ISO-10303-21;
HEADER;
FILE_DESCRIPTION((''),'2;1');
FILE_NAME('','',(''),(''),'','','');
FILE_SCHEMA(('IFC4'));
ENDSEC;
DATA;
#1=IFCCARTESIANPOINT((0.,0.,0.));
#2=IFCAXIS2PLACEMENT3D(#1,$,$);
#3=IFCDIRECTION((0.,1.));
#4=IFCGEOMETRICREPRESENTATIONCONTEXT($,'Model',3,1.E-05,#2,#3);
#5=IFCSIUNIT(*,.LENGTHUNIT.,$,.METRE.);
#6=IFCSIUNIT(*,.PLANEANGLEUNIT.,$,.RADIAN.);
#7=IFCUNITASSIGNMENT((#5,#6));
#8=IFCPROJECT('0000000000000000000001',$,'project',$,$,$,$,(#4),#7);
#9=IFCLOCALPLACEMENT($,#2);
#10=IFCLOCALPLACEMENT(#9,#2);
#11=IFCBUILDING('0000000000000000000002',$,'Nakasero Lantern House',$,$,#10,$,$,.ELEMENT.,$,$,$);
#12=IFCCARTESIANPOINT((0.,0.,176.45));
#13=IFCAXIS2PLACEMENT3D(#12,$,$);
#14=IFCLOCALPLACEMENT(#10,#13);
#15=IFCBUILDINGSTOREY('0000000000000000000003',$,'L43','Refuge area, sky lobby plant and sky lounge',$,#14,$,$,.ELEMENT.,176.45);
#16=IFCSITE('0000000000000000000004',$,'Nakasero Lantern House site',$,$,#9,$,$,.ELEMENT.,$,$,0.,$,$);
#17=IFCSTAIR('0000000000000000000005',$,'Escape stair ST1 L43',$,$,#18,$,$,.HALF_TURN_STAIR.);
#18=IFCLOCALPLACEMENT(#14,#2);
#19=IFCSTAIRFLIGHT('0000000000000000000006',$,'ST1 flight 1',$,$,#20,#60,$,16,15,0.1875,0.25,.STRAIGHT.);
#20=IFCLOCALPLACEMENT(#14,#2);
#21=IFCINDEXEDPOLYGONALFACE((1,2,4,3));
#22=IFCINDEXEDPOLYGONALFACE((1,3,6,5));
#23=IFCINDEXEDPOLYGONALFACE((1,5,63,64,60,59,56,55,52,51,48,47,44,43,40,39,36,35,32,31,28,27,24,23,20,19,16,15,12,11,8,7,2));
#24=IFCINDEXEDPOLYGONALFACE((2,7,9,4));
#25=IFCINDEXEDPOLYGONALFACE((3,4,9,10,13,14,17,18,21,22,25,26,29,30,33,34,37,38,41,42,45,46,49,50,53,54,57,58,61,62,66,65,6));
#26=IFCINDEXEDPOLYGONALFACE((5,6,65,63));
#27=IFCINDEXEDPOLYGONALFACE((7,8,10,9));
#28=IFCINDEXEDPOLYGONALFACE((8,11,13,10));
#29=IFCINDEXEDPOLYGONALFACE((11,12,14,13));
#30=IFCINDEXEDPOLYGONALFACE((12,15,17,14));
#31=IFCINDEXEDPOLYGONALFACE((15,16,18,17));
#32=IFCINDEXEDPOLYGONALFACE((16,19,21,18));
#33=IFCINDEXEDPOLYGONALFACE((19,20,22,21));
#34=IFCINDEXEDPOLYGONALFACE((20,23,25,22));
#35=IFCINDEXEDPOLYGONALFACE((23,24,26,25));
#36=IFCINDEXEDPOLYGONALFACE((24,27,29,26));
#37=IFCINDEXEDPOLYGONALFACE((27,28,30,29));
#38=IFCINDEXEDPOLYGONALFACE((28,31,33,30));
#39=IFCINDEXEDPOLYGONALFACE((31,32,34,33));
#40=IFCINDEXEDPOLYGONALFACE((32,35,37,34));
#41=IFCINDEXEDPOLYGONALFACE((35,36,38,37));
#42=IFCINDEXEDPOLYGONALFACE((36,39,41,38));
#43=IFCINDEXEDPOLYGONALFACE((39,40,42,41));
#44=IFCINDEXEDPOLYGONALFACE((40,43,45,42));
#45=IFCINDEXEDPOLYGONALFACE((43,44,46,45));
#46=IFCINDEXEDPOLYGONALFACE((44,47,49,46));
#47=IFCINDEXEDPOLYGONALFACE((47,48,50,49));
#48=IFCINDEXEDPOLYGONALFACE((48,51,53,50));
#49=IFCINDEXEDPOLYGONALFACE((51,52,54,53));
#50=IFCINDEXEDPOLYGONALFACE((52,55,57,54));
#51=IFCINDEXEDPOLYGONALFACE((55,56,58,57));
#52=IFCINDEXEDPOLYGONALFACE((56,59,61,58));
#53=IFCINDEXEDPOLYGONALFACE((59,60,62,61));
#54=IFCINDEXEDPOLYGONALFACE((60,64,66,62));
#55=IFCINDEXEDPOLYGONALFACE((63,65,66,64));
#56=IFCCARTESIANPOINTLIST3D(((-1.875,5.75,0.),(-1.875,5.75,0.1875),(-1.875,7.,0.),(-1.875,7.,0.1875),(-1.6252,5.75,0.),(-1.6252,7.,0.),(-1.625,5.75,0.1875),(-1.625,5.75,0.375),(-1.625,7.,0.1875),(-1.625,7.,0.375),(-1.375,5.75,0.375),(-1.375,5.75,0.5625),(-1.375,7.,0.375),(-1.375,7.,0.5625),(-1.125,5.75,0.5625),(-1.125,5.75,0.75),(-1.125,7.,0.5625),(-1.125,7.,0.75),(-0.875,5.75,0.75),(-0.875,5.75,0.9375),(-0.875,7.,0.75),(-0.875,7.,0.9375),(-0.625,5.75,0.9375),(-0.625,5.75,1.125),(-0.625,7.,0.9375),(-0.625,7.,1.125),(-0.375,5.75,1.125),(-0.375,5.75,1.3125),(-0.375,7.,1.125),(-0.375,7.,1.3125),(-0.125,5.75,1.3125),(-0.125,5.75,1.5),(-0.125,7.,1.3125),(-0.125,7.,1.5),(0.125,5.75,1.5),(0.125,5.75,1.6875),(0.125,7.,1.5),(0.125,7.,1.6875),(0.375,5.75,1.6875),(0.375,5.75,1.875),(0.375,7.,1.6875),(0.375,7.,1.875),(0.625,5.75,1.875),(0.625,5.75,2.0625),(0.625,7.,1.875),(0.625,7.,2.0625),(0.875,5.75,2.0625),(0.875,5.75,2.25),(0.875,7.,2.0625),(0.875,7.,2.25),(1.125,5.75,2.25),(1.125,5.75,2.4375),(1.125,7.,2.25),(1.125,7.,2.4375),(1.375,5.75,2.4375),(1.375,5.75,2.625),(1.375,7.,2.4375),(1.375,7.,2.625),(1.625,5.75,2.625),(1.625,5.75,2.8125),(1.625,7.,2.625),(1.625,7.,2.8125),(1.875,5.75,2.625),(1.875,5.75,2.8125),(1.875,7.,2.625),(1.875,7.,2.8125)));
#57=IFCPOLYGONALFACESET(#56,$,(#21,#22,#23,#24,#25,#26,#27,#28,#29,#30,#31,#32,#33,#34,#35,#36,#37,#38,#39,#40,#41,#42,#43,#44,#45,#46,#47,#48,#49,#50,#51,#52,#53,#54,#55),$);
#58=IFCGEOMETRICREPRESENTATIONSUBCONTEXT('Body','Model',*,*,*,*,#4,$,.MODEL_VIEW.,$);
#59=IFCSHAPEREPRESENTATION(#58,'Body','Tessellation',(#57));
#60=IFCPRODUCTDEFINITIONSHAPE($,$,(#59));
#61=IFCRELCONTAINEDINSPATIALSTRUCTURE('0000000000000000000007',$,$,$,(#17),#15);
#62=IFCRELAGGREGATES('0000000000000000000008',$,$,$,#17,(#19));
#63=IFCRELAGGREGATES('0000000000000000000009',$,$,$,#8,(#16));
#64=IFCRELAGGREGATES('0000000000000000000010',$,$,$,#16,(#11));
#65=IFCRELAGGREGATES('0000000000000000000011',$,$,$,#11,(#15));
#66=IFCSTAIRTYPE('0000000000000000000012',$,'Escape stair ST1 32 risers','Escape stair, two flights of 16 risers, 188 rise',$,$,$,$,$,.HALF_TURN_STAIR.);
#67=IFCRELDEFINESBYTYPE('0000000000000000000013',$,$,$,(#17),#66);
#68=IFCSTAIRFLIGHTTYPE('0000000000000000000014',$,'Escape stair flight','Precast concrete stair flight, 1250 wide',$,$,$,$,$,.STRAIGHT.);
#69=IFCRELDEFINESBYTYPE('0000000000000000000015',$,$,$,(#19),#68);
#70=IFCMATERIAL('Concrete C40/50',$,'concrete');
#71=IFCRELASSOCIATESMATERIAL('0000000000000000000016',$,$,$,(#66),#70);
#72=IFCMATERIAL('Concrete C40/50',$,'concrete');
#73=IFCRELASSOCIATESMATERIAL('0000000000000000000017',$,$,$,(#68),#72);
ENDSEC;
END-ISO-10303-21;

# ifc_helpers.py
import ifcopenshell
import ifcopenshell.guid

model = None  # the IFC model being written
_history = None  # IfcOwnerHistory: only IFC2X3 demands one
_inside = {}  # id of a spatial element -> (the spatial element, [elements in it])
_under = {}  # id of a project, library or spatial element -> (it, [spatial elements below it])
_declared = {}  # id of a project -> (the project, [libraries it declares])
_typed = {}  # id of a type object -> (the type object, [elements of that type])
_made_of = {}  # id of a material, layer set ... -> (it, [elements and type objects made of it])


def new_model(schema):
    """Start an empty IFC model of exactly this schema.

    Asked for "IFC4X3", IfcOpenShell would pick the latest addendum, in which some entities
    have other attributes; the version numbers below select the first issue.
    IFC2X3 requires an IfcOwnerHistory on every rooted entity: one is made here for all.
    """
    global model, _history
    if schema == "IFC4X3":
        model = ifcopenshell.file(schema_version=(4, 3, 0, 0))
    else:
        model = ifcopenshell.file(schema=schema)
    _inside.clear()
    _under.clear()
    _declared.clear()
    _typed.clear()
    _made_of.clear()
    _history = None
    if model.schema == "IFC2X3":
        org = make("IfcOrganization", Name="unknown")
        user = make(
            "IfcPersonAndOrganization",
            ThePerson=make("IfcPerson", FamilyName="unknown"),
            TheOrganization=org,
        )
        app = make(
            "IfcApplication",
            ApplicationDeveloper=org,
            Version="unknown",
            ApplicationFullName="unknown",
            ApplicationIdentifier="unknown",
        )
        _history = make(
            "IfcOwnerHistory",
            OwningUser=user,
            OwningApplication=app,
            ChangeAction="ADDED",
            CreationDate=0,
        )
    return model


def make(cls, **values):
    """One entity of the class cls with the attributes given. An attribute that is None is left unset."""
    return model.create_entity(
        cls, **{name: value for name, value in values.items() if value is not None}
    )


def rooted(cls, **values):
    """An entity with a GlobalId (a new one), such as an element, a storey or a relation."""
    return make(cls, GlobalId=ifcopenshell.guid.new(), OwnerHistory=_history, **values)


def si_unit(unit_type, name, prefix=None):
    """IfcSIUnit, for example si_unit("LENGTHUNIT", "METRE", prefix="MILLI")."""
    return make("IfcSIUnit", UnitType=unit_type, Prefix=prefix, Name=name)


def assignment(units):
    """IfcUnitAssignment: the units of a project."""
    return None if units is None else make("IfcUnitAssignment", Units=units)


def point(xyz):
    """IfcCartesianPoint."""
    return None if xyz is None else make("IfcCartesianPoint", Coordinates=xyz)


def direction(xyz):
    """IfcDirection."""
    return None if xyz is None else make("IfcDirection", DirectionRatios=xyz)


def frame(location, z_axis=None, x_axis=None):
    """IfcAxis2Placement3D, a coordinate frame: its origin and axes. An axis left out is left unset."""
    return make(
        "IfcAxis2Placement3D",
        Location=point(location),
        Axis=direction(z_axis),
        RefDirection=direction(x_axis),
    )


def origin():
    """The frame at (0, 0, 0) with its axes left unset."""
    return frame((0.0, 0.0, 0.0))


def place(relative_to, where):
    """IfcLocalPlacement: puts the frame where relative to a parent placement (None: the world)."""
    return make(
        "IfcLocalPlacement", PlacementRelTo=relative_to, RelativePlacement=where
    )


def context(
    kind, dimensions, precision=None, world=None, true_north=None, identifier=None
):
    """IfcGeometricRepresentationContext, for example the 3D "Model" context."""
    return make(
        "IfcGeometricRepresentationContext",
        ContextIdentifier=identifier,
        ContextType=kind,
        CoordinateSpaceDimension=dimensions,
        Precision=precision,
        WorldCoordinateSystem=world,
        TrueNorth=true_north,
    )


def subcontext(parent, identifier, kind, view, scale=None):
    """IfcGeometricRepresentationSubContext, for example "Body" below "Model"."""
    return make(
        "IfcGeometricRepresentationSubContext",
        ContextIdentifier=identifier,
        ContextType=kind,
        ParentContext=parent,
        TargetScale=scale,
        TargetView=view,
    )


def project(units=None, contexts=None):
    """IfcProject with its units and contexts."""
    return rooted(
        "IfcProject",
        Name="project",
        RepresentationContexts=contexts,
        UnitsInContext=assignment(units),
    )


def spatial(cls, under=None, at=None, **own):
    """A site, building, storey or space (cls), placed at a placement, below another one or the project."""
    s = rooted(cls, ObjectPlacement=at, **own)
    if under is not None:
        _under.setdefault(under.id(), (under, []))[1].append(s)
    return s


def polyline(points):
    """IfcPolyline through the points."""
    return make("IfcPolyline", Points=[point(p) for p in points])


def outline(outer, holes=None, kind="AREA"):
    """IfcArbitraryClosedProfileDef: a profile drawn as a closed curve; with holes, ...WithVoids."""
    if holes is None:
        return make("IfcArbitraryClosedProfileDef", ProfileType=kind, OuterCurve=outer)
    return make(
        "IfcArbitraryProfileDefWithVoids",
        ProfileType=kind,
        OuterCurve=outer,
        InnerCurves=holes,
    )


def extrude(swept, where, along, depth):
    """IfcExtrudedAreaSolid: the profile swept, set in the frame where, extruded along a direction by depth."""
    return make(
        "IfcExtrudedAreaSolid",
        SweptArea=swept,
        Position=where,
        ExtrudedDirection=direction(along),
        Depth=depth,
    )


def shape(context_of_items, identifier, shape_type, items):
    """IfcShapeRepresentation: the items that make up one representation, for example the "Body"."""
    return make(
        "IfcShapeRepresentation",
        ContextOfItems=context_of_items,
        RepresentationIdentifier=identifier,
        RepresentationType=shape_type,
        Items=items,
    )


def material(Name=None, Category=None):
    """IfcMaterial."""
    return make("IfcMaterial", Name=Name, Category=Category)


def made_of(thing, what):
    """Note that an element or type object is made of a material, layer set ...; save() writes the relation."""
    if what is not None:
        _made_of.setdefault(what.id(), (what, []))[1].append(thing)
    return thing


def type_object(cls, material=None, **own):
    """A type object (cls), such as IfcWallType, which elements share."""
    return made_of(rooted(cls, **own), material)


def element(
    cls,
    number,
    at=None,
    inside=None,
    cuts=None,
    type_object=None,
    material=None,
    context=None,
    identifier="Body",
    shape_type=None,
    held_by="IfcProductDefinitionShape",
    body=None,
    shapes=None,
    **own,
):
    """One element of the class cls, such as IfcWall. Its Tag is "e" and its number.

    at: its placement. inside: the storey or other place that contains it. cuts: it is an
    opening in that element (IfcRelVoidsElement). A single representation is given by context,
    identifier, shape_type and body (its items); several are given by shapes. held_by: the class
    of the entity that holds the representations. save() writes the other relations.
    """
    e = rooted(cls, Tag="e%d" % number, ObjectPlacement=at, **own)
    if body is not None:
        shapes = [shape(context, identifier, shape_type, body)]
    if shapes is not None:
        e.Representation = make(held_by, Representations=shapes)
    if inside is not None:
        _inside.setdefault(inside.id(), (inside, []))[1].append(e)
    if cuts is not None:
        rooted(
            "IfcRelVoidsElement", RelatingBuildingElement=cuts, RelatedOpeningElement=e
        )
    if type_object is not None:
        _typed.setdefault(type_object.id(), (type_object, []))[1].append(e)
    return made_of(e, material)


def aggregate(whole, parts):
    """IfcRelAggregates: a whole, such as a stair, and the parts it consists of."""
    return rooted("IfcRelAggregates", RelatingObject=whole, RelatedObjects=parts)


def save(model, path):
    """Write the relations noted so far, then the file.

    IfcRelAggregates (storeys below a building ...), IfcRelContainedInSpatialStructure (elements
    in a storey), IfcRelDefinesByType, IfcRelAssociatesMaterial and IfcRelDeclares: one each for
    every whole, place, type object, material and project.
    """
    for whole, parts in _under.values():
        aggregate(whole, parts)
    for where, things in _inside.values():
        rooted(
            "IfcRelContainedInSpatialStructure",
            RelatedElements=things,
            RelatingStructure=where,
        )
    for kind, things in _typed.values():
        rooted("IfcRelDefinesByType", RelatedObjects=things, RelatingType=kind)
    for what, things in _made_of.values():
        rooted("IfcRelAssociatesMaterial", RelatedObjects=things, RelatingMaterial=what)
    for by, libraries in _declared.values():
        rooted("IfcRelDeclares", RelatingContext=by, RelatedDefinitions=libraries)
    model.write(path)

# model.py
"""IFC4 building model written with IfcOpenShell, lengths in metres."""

from ifc_helpers import new_model, si_unit, direction, frame, origin, place, context, subcontext, project, spatial, polyline, outline, extrude, material, type_object, element, aggregate, save


model = new_model("IFC4")

# Units and contexts
model_context = context("Model", 3, precision=1e-05, world=origin(), true_north=direction((0.0, 1.0)))
body_context = subcontext(model_context, "Body", "Model", "MODEL_VIEW")
ifc_project = project(units=[si_unit("LENGTHUNIT", "METRE"), si_unit("PLANEANGLEUNIT", "RADIAN")], contexts=[model_context])

# Site, building, storey
site_placement = place(None, origin())
site = spatial("IfcSite", under=ifc_project, at=site_placement, Name="Nakasero Lantern House site", CompositionType="ELEMENT", RefElevation=0.0)
building_placement = place(site_placement, origin())
building = spatial("IfcBuilding", under=site, at=building_placement, Name="Nakasero Lantern House", CompositionType="ELEMENT")
storey_placement = place(building_placement, frame((0.0, 0.0, 176.45)))
storey = spatial("IfcBuildingStorey", under=building, at=storey_placement, Name="L43", Description="Refuge area, sky lobby plant and sky lounge", CompositionType="ELEMENT", Elevation=176.45)

# Stair, stair flight
ifc_material_1 = material(Name="Concrete C40/50", Category="concrete")
stair_type = type_object("IfcStairType", Name="Escape stair ST1 32 risers", Description="Escape stair, two flights of 16 risers, 188 rise", PredefinedType="HALF_TURN_STAIR", material=ifc_material_1)
stair_placement = place(storey_placement, origin())
stair = element("IfcStair", 1, at=stair_placement, inside=storey, type_object=stair_type, Name="Escape stair ST1 L43", PredefinedType="HALF_TURN_STAIR")
ifc_material_2 = material(Name="Concrete C40/50", Category="concrete")
stair_flight_type = type_object("IfcStairFlightType", Name="Escape stair flight", Description="Precast concrete stair flight, 1250 wide", PredefinedType="STRAIGHT", material=ifc_material_2)
stair_flight_placement = place(storey_placement, frame((-1.875, 6.375, 0.0), z_axis=(0.0, 0.0, 1.0), x_axis=(1.0, 0.0, 0.0)))
stair_flight = element("IfcStairFlight", 2, at=stair_flight_placement, type_object=stair_flight_type, Name="ST1 flight 1", NumberOfRisers=16, NumberOfTreads=15, PredefinedType="STRAIGHT", RiserHeight=0.1875, TreadLength=0.25, context=body_context, shape_type="SweptSolid", body=[
    extrude(outline(polyline([(0.0, 0.0), (0.0, 0.1875), (0.25, 0.1875), (0.25, 0.375), (0.5, 0.375), (0.5, 0.5625), (0.75, 0.5625), (0.75, 0.75), (1.0, 0.75), (1.0, 0.9375), (1.25, 0.9375), (1.25, 1.125), (1.5, 1.125), (1.5, 1.3125), (1.75, 1.3125), (1.75, 1.5), (2.0, 1.5), (2.0, 1.6875), (2.25, 1.6875), (2.25, 1.875), (2.5, 1.875), (2.5, 2.0625), (2.75, 2.0625), (2.75, 2.25), (3.0, 2.25), (3.0, 2.4375), (3.25, 2.4375), (3.25, 2.625), (3.5, 2.625), (3.5, 2.8125), (3.75, 2.8125), (3.75, 3.0), (3.75, 2.625), (0.2498, 0.0), (0.0, 0.0)])), frame((0.0, 0.625, 0.0), z_axis=(0.0, -1.0, 0.0), x_axis=(1.0, 0.0, 0.0)), (0.0, 0.0, 1.0), 1.25),
])
aggregate(stair, [stair_flight])

save(model, "model.ifc")
